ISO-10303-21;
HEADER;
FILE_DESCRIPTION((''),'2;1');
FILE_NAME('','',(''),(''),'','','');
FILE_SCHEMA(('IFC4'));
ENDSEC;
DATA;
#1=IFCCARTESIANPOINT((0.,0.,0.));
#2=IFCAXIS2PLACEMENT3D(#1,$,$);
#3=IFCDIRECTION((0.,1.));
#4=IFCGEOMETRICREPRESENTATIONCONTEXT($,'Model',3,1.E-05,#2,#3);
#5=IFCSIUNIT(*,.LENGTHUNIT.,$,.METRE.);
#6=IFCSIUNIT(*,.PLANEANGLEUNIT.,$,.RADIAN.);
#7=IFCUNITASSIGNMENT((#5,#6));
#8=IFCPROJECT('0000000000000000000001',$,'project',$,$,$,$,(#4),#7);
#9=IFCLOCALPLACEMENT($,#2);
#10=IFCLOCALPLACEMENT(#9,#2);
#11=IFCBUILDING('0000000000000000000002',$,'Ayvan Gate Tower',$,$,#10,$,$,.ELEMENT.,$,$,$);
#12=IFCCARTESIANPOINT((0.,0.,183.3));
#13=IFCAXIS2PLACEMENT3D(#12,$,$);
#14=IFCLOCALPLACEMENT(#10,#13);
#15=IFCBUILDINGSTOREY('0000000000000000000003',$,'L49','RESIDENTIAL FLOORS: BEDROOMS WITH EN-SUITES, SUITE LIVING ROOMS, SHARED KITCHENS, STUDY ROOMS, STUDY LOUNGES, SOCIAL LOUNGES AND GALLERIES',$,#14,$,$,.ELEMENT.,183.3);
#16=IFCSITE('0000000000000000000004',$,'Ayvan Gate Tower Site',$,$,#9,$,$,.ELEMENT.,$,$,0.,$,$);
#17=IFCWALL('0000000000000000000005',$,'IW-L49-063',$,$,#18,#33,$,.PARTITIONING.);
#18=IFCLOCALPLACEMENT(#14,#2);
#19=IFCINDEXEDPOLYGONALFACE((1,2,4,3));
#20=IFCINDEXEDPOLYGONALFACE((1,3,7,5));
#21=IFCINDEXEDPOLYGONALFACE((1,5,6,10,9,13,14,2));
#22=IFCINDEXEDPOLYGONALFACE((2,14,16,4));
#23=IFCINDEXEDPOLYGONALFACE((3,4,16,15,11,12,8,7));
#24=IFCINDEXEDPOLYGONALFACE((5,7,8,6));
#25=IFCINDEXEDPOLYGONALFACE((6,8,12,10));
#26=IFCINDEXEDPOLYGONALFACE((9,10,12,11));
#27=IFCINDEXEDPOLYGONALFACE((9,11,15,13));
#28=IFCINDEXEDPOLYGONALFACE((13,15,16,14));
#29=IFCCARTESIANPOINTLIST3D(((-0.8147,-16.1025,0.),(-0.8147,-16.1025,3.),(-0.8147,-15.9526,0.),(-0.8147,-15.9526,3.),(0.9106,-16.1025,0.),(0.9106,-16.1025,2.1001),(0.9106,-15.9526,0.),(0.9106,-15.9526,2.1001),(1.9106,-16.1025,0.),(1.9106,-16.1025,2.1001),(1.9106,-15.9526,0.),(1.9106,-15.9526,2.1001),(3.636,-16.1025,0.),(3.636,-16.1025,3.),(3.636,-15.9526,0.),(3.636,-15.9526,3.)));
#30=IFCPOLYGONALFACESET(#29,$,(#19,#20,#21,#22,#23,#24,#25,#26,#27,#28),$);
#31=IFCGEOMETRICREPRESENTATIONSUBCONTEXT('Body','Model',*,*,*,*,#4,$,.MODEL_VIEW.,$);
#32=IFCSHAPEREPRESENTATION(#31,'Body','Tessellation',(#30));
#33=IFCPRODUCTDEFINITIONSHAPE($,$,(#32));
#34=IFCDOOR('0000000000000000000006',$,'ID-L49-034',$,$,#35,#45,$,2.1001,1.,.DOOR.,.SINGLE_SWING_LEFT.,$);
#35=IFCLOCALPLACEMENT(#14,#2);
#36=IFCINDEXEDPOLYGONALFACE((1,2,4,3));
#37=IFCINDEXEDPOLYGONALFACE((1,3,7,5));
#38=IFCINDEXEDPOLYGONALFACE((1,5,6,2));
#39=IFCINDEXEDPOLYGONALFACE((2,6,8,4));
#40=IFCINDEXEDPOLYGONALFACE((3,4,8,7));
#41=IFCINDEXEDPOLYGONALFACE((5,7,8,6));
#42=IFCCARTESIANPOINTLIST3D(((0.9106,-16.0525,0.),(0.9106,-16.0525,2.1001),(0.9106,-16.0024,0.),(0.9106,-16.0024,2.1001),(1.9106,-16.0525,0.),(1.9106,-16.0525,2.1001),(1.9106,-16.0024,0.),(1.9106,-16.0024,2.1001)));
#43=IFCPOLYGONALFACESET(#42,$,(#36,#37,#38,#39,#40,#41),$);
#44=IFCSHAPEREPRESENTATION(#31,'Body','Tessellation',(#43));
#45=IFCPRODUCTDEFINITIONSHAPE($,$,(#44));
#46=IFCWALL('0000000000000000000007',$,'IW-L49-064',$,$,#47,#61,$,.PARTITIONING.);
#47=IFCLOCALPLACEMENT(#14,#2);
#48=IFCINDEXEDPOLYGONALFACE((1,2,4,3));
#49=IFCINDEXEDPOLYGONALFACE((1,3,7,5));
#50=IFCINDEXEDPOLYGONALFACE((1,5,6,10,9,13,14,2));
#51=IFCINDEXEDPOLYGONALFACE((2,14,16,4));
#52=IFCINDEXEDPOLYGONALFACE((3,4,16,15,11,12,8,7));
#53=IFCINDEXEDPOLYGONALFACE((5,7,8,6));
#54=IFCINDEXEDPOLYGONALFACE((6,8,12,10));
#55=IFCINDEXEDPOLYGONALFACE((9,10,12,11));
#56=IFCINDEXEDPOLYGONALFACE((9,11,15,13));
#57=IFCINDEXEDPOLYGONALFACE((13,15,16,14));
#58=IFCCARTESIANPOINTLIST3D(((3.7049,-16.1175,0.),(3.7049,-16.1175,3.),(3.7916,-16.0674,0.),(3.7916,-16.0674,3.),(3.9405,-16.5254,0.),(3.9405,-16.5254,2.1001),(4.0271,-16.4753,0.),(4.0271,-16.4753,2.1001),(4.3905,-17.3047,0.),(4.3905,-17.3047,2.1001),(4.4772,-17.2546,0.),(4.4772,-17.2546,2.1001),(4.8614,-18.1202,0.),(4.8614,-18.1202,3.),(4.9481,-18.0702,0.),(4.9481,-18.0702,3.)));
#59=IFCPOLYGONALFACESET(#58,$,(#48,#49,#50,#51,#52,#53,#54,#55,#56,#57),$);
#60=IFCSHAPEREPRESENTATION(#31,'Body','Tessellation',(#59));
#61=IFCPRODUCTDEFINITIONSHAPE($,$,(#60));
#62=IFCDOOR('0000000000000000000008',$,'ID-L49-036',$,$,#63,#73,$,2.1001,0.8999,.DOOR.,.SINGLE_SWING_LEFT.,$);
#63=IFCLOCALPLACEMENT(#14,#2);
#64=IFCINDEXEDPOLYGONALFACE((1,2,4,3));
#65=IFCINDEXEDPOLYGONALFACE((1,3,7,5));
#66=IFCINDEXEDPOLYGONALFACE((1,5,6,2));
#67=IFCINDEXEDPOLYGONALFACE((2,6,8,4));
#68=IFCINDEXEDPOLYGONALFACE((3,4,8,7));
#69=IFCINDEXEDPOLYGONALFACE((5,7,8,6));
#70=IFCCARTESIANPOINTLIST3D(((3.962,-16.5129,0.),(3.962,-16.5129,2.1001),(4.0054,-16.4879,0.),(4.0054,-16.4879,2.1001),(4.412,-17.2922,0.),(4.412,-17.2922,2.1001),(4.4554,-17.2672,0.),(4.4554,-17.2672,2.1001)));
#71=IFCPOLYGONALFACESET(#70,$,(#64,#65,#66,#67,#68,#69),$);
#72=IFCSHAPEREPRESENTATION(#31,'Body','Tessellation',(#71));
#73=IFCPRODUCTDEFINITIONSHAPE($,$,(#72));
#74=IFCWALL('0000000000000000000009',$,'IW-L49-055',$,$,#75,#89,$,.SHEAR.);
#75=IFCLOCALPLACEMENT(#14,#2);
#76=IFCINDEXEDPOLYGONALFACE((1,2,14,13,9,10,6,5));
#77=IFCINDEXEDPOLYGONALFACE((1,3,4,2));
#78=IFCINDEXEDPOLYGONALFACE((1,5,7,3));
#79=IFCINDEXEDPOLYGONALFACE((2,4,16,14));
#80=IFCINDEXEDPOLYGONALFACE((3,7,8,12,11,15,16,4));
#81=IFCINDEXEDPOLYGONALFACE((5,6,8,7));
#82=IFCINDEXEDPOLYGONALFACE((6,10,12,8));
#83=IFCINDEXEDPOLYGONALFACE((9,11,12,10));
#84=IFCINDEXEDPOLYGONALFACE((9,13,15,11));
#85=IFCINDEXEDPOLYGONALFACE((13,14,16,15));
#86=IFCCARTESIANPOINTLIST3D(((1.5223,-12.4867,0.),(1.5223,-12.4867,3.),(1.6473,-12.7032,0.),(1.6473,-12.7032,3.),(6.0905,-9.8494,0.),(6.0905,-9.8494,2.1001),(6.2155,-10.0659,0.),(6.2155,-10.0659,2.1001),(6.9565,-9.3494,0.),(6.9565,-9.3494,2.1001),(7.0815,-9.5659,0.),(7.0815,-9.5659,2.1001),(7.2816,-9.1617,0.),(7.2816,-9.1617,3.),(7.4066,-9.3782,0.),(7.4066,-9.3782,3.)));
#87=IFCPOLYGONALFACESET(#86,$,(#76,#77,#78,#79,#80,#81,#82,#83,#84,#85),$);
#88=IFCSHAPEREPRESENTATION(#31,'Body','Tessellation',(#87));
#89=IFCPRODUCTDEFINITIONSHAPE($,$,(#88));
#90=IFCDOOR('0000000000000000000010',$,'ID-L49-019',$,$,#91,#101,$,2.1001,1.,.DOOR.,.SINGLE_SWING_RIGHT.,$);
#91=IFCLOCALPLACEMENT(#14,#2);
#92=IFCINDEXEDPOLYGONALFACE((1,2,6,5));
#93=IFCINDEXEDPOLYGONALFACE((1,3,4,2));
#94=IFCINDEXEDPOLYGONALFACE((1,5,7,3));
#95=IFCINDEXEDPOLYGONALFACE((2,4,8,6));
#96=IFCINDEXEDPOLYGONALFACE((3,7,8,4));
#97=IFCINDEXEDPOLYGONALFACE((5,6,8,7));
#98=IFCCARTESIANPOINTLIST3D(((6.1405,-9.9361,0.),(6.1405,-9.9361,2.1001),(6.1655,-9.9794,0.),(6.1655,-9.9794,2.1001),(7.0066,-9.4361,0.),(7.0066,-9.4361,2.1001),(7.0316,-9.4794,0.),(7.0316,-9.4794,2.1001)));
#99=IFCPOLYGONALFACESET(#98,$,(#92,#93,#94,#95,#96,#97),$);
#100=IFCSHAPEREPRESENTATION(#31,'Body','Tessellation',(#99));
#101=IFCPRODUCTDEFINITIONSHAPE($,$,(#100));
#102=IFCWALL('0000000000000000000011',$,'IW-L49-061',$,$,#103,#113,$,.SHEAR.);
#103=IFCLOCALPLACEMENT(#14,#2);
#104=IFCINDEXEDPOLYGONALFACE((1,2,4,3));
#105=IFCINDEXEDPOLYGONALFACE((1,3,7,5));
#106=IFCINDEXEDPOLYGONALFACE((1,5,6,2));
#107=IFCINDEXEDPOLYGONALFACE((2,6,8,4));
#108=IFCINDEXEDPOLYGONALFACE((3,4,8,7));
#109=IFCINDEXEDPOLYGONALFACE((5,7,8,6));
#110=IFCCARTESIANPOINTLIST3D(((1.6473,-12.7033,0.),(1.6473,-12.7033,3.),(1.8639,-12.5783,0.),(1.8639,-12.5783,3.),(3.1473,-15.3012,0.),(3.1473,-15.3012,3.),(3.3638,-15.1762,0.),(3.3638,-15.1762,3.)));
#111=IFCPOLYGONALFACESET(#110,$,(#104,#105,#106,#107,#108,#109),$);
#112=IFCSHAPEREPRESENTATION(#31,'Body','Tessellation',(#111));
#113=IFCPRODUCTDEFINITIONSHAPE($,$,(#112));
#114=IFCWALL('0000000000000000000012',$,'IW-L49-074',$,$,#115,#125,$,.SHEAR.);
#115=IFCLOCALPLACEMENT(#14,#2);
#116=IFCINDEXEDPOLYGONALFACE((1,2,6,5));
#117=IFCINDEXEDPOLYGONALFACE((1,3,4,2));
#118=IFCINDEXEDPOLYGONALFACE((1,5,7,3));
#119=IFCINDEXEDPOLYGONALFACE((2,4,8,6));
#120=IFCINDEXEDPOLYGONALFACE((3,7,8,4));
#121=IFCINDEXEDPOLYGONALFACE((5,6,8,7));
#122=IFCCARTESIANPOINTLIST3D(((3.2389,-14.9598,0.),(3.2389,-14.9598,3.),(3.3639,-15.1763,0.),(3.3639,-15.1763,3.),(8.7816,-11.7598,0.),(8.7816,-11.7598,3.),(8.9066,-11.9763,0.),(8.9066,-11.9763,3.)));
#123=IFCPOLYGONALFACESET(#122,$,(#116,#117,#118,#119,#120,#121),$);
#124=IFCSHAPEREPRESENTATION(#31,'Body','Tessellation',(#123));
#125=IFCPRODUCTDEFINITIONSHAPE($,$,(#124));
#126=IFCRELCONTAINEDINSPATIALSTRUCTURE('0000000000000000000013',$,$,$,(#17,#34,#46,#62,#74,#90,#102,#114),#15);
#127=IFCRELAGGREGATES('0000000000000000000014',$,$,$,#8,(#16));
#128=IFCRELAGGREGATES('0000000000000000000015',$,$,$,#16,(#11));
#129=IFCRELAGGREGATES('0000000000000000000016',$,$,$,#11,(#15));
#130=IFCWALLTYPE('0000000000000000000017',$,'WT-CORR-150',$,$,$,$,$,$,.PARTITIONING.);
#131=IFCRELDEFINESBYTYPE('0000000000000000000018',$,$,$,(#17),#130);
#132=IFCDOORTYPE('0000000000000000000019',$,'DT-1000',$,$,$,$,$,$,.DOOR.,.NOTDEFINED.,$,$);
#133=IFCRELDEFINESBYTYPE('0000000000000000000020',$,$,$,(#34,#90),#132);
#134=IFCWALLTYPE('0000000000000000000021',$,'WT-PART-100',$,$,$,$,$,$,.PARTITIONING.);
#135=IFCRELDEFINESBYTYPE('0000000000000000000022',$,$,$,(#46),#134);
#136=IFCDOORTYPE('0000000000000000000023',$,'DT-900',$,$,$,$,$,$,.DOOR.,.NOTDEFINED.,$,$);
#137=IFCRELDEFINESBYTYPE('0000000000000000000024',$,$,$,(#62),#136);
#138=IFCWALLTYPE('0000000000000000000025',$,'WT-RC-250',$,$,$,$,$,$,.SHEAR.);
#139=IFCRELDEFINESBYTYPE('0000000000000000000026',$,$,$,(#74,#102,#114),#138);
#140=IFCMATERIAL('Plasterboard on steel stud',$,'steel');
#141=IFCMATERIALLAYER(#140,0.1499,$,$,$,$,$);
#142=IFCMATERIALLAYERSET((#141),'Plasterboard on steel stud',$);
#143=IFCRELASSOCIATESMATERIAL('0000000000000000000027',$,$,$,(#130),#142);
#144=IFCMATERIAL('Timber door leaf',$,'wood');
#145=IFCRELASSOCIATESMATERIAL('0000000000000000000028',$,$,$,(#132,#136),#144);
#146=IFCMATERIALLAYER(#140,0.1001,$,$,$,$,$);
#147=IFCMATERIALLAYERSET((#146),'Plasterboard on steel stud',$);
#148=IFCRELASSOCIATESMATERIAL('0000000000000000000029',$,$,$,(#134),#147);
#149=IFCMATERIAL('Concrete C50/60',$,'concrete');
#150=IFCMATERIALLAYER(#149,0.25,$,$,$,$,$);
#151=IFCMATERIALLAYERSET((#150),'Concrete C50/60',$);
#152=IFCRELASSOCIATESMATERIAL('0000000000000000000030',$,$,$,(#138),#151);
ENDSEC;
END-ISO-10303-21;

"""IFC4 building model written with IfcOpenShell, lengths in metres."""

from ifc_helpers import new_model, si_unit, direction, frame, frame_2d, origin, place, context, subcontext, project, spatial, rectangle, extrude, material, layer, layer_set, type_object, element, fill, save


model = new_model("IFC4")

# Units and contexts
model_context = context("Model", 3, precision=1e-05, world=origin(), true_north=direction((0.0, 1.0)))
body_context = subcontext(model_context, "Body", "Model", "MODEL_VIEW")
ifc_project = project(units=[si_unit("LENGTHUNIT", "METRE"), si_unit("PLANEANGLEUNIT", "RADIAN")], contexts=[model_context])

# Site, building, storey
site_placement = place(None, origin())
site = spatial("IfcSite", under=ifc_project, at=site_placement, Name="Ayvan Gate Tower Site", CompositionType="ELEMENT", RefElevation=0.0)
building_placement = place(site_placement, origin())
building = spatial("IfcBuilding", under=site, at=building_placement, Name="Ayvan Gate Tower", CompositionType="ELEMENT")
storey_placement = place(building_placement, frame((0.0, 0.0, 183.3)))
storey = spatial("IfcBuildingStorey", under=building, at=storey_placement, Name="L49", Description="RESIDENTIAL FLOORS: BEDROOMS WITH EN-SUITES, SUITE LIVING ROOMS, SHARED KITCHENS, STUDY ROOMS, STUDY LOUNGES, SOCIAL LOUNGES AND GALLERIES", CompositionType="ELEMENT", Elevation=183.3)

# Shared definitions
ifc_material_1 = material(Name="Plasterboard on steel stud", Category="steel")
ifc_layer_1 = layer(ifc_material_1, 0.1499)
ifc_layer_set_1 = layer_set([ifc_layer_1], Name="Plasterboard on steel stud")
wall_type_1 = type_object("IfcWallType", Name="WT-CORR-150", PredefinedType="PARTITIONING", material=ifc_layer_set_1)

# Walls, openings, doors
wall_1_placement = place(storey_placement, frame((3.636, -16.0276, 0.0), z_axis=(0.0, 0.0, 1.0), x_axis=(-1.0, 0.0, 0.0)))
wall_1 = element("IfcWall", 1, at=wall_1_placement, inside=storey, type_object=wall_type_1, Name="IW-L49-063", PredefinedType="PARTITIONING", context=body_context, shape_type="SweptSolid", body=[
    extrude(rectangle(XDim=4.4507, YDim=0.1499, at=frame_2d((2.2253, 0.0))), origin(), (0.0, 0.0, 1.0), 3.0),
])
opening_1_placement = place(wall_1_placement, frame((1.7253, 0.0, 0.0)))
opening_1 = element("IfcOpeningElement", 2, at=opening_1_placement, cuts=wall_1, PredefinedType="OPENING", context=body_context, shape_type="SweptSolid", body=[
    extrude(rectangle(XDim=1.0, YDim=2.1001, at=frame_2d((0.5, 1.05))), frame((0.0, 0.085, 0.0), z_axis=(0.0, -1.0, 0.0), x_axis=(1.0, 0.0, 0.0)), (0.0, 0.0, 1.0), 0.1699),
])
ifc_material_2 = material(Name="Timber door leaf", Category="wood")
door_type_1 = type_object("IfcDoorType", Name="DT-1000", OperationType="NOTDEFINED", PredefinedType="DOOR", material=ifc_material_2)
door_1_placement = place(opening_1_placement, origin())
door_1 = element("IfcDoor", 3, at=door_1_placement, inside=storey, type_object=door_type_1, Name="ID-L49-034", OperationType="SINGLE_SWING_LEFT", OverallHeight=2.1001, OverallWidth=1.0, PredefinedType="DOOR", context=body_context, shape_type="SweptSolid", body=[
    extrude(rectangle(XDim=1.0, YDim=2.1001, at=frame_2d((0.5, 1.05))), frame((0.0, 0.0249, 0.0), z_axis=(0.0, -1.0, 0.0), x_axis=(1.0, 0.0, 0.0)), (0.0, 0.0, 1.0), 0.05),
])
fill(opening_1, door_1)
ifc_layer_2 = layer(ifc_material_1, 0.1001)
ifc_layer_set_2 = layer_set([ifc_layer_2], Name="Plasterboard on steel stud")
wall_type_2 = type_object("IfcWallType", Name="WT-PART-100", PredefinedType="PARTITIONING", material=ifc_layer_set_2)
wall_2_placement = place(storey_placement, frame((3.7483, -16.0925, 0.0), z_axis=(0.0, 0.0, 1.0), x_axis=(0.500079, -0.86598, 0.0)))
wall_2 = element("IfcWall", 4, at=wall_2_placement, inside=storey, type_object=wall_type_2, Name="IW-L49-064", PredefinedType="PARTITIONING", context=body_context, shape_type="SweptSolid", body=[
    extrude(rectangle(XDim=2.3127, YDim=0.1001, at=frame_2d((1.1562, 0.0))), origin(), (0.0, 0.0, 1.0), 3.0),
])
opening_2_placement = place(wall_2_placement, frame((0.4709, 0.0, 0.0)))
opening_2 = element("IfcOpeningElement", 5, at=opening_2_placement, cuts=wall_2, PredefinedType="OPENING", context=body_context, shape_type="SweptSolid", body=[
    extrude(rectangle(XDim=0.8999, YDim=2.1001, at=frame_2d((0.45, 1.05))), frame((0.0, 0.0601, 0.0), z_axis=(0.0, -1.0, 0.0), x_axis=(1.0, 0.0, 0.0)), (0.0, 0.0, 1.0), 0.1201),
])
door_type_2 = type_object("IfcDoorType", Name="DT-900", OperationType="NOTDEFINED", PredefinedType="DOOR", material=ifc_material_2)
door_2_placement = place(opening_2_placement, origin())
door_2 = element("IfcDoor", 6, at=door_2_placement, inside=storey, type_object=door_type_2, Name="ID-L49-036", OperationType="SINGLE_SWING_LEFT", OverallHeight=2.1001, OverallWidth=0.8999, PredefinedType="DOOR", context=body_context, shape_type="SweptSolid", body=[
    extrude(rectangle(XDim=0.8999, YDim=2.1001, at=frame_2d((0.45, 1.05))), frame((0.0, 0.0249, 0.0), z_axis=(0.0, -1.0, 0.0), x_axis=(1.0, 0.0, 0.0)), (0.0, 0.0, 1.0), 0.05),
])
fill(opening_2, door_2)
ifc_material_3 = material(Name="Concrete C50/60", Category="concrete")
ifc_layer_3 = layer(ifc_material_3, 0.25)
ifc_layer_set_3 = layer_set([ifc_layer_3], Name="Concrete C50/60")
wall_type_3 = type_object("IfcWallType", Name="WT-RC-250", PredefinedType="SHEAR", material=ifc_layer_set_3)
wall_3_placement = place(storey_placement, frame((1.5847, -12.595, 0.0), z_axis=(0.0, 0.0, 1.0), x_axis=(0.866036, 0.499981, 0.0)))
wall_3 = element("IfcWall", 7, at=wall_3_placement, inside=storey, type_object=wall_type_3, Name="IW-L49-055", PredefinedType="SHEAR", context=body_context, shape_type="SweptSolid", body=[
    extrude(rectangle(XDim=6.6501, YDim=0.25, at=frame_2d((3.3252, 0.0))), origin(), (0.0, 0.0, 1.0), 3.0),
])
opening_3_placement = place(wall_3_placement, frame((5.2749, 0.0, 0.0)))
opening_3 = element("IfcOpeningElement", 8, at=opening_3_placement, cuts=wall_3, PredefinedType="OPENING", context=body_context, shape_type="SweptSolid", body=[
    extrude(rectangle(XDim=1.0, YDim=2.1001, at=frame_2d((0.5, 1.05))), frame((0.0, 0.135, 0.0), z_axis=(0.0, -1.0, 0.0), x_axis=(1.0, 0.0, 0.0)), (0.0, 0.0, 1.0), 0.27),
])
door_3_placement = place(opening_3_placement, origin())
door_3 = element("IfcDoor", 9, at=door_3_placement, inside=storey, type_object=door_type_1, Name="ID-L49-019", OperationType="SINGLE_SWING_RIGHT", OverallHeight=2.1001, OverallWidth=1.0, PredefinedType="DOOR", context=body_context, shape_type="SweptSolid", body=[
    extrude(rectangle(XDim=1.0, YDim=2.1001, at=frame_2d((0.5, 1.05))), frame((0.0, 0.0249, 0.0), z_axis=(0.0, -1.0, 0.0), x_axis=(1.0, 0.0, 0.0)), (0.0, 0.0, 1.0), 0.05),
])
fill(opening_3, door_3)

# Walls
wall_4_placement = place(storey_placement, frame((3.2556, -15.2388, 0.0), z_axis=(0.0, 0.0, 1.0), x_axis=(-0.500025, 0.866011, 0.0)))
element("IfcWall", 10, at=wall_4_placement, inside=storey, type_object=wall_type_3, Name="IW-L49-061", PredefinedType="SHEAR", context=body_context, shape_type="SweptSolid", body=[
    extrude(rectangle(XDim=2.9998, YDim=0.25, at=frame_2d((1.5, 0.0))), origin(), (0.0, 0.0, 1.0), 3.0),
])
wall_5_placement = place(storey_placement, frame((3.3013, -15.0681, 0.0), z_axis=(0.0, 0.0, 1.0), x_axis=(0.866035, 0.499983, 0.0)))
element("IfcWall", 11, at=wall_5_placement, inside=storey, type_object=wall_type_3, Name="IW-L49-074", PredefinedType="SHEAR", context=body_context, shape_type="SweptSolid", body=[
    extrude(rectangle(XDim=6.4001, YDim=0.25, at=frame_2d((3.2002, 0.0))), origin(), (0.0, 0.0, 1.0), 3.0),
])

save(model, "model.ifc")
